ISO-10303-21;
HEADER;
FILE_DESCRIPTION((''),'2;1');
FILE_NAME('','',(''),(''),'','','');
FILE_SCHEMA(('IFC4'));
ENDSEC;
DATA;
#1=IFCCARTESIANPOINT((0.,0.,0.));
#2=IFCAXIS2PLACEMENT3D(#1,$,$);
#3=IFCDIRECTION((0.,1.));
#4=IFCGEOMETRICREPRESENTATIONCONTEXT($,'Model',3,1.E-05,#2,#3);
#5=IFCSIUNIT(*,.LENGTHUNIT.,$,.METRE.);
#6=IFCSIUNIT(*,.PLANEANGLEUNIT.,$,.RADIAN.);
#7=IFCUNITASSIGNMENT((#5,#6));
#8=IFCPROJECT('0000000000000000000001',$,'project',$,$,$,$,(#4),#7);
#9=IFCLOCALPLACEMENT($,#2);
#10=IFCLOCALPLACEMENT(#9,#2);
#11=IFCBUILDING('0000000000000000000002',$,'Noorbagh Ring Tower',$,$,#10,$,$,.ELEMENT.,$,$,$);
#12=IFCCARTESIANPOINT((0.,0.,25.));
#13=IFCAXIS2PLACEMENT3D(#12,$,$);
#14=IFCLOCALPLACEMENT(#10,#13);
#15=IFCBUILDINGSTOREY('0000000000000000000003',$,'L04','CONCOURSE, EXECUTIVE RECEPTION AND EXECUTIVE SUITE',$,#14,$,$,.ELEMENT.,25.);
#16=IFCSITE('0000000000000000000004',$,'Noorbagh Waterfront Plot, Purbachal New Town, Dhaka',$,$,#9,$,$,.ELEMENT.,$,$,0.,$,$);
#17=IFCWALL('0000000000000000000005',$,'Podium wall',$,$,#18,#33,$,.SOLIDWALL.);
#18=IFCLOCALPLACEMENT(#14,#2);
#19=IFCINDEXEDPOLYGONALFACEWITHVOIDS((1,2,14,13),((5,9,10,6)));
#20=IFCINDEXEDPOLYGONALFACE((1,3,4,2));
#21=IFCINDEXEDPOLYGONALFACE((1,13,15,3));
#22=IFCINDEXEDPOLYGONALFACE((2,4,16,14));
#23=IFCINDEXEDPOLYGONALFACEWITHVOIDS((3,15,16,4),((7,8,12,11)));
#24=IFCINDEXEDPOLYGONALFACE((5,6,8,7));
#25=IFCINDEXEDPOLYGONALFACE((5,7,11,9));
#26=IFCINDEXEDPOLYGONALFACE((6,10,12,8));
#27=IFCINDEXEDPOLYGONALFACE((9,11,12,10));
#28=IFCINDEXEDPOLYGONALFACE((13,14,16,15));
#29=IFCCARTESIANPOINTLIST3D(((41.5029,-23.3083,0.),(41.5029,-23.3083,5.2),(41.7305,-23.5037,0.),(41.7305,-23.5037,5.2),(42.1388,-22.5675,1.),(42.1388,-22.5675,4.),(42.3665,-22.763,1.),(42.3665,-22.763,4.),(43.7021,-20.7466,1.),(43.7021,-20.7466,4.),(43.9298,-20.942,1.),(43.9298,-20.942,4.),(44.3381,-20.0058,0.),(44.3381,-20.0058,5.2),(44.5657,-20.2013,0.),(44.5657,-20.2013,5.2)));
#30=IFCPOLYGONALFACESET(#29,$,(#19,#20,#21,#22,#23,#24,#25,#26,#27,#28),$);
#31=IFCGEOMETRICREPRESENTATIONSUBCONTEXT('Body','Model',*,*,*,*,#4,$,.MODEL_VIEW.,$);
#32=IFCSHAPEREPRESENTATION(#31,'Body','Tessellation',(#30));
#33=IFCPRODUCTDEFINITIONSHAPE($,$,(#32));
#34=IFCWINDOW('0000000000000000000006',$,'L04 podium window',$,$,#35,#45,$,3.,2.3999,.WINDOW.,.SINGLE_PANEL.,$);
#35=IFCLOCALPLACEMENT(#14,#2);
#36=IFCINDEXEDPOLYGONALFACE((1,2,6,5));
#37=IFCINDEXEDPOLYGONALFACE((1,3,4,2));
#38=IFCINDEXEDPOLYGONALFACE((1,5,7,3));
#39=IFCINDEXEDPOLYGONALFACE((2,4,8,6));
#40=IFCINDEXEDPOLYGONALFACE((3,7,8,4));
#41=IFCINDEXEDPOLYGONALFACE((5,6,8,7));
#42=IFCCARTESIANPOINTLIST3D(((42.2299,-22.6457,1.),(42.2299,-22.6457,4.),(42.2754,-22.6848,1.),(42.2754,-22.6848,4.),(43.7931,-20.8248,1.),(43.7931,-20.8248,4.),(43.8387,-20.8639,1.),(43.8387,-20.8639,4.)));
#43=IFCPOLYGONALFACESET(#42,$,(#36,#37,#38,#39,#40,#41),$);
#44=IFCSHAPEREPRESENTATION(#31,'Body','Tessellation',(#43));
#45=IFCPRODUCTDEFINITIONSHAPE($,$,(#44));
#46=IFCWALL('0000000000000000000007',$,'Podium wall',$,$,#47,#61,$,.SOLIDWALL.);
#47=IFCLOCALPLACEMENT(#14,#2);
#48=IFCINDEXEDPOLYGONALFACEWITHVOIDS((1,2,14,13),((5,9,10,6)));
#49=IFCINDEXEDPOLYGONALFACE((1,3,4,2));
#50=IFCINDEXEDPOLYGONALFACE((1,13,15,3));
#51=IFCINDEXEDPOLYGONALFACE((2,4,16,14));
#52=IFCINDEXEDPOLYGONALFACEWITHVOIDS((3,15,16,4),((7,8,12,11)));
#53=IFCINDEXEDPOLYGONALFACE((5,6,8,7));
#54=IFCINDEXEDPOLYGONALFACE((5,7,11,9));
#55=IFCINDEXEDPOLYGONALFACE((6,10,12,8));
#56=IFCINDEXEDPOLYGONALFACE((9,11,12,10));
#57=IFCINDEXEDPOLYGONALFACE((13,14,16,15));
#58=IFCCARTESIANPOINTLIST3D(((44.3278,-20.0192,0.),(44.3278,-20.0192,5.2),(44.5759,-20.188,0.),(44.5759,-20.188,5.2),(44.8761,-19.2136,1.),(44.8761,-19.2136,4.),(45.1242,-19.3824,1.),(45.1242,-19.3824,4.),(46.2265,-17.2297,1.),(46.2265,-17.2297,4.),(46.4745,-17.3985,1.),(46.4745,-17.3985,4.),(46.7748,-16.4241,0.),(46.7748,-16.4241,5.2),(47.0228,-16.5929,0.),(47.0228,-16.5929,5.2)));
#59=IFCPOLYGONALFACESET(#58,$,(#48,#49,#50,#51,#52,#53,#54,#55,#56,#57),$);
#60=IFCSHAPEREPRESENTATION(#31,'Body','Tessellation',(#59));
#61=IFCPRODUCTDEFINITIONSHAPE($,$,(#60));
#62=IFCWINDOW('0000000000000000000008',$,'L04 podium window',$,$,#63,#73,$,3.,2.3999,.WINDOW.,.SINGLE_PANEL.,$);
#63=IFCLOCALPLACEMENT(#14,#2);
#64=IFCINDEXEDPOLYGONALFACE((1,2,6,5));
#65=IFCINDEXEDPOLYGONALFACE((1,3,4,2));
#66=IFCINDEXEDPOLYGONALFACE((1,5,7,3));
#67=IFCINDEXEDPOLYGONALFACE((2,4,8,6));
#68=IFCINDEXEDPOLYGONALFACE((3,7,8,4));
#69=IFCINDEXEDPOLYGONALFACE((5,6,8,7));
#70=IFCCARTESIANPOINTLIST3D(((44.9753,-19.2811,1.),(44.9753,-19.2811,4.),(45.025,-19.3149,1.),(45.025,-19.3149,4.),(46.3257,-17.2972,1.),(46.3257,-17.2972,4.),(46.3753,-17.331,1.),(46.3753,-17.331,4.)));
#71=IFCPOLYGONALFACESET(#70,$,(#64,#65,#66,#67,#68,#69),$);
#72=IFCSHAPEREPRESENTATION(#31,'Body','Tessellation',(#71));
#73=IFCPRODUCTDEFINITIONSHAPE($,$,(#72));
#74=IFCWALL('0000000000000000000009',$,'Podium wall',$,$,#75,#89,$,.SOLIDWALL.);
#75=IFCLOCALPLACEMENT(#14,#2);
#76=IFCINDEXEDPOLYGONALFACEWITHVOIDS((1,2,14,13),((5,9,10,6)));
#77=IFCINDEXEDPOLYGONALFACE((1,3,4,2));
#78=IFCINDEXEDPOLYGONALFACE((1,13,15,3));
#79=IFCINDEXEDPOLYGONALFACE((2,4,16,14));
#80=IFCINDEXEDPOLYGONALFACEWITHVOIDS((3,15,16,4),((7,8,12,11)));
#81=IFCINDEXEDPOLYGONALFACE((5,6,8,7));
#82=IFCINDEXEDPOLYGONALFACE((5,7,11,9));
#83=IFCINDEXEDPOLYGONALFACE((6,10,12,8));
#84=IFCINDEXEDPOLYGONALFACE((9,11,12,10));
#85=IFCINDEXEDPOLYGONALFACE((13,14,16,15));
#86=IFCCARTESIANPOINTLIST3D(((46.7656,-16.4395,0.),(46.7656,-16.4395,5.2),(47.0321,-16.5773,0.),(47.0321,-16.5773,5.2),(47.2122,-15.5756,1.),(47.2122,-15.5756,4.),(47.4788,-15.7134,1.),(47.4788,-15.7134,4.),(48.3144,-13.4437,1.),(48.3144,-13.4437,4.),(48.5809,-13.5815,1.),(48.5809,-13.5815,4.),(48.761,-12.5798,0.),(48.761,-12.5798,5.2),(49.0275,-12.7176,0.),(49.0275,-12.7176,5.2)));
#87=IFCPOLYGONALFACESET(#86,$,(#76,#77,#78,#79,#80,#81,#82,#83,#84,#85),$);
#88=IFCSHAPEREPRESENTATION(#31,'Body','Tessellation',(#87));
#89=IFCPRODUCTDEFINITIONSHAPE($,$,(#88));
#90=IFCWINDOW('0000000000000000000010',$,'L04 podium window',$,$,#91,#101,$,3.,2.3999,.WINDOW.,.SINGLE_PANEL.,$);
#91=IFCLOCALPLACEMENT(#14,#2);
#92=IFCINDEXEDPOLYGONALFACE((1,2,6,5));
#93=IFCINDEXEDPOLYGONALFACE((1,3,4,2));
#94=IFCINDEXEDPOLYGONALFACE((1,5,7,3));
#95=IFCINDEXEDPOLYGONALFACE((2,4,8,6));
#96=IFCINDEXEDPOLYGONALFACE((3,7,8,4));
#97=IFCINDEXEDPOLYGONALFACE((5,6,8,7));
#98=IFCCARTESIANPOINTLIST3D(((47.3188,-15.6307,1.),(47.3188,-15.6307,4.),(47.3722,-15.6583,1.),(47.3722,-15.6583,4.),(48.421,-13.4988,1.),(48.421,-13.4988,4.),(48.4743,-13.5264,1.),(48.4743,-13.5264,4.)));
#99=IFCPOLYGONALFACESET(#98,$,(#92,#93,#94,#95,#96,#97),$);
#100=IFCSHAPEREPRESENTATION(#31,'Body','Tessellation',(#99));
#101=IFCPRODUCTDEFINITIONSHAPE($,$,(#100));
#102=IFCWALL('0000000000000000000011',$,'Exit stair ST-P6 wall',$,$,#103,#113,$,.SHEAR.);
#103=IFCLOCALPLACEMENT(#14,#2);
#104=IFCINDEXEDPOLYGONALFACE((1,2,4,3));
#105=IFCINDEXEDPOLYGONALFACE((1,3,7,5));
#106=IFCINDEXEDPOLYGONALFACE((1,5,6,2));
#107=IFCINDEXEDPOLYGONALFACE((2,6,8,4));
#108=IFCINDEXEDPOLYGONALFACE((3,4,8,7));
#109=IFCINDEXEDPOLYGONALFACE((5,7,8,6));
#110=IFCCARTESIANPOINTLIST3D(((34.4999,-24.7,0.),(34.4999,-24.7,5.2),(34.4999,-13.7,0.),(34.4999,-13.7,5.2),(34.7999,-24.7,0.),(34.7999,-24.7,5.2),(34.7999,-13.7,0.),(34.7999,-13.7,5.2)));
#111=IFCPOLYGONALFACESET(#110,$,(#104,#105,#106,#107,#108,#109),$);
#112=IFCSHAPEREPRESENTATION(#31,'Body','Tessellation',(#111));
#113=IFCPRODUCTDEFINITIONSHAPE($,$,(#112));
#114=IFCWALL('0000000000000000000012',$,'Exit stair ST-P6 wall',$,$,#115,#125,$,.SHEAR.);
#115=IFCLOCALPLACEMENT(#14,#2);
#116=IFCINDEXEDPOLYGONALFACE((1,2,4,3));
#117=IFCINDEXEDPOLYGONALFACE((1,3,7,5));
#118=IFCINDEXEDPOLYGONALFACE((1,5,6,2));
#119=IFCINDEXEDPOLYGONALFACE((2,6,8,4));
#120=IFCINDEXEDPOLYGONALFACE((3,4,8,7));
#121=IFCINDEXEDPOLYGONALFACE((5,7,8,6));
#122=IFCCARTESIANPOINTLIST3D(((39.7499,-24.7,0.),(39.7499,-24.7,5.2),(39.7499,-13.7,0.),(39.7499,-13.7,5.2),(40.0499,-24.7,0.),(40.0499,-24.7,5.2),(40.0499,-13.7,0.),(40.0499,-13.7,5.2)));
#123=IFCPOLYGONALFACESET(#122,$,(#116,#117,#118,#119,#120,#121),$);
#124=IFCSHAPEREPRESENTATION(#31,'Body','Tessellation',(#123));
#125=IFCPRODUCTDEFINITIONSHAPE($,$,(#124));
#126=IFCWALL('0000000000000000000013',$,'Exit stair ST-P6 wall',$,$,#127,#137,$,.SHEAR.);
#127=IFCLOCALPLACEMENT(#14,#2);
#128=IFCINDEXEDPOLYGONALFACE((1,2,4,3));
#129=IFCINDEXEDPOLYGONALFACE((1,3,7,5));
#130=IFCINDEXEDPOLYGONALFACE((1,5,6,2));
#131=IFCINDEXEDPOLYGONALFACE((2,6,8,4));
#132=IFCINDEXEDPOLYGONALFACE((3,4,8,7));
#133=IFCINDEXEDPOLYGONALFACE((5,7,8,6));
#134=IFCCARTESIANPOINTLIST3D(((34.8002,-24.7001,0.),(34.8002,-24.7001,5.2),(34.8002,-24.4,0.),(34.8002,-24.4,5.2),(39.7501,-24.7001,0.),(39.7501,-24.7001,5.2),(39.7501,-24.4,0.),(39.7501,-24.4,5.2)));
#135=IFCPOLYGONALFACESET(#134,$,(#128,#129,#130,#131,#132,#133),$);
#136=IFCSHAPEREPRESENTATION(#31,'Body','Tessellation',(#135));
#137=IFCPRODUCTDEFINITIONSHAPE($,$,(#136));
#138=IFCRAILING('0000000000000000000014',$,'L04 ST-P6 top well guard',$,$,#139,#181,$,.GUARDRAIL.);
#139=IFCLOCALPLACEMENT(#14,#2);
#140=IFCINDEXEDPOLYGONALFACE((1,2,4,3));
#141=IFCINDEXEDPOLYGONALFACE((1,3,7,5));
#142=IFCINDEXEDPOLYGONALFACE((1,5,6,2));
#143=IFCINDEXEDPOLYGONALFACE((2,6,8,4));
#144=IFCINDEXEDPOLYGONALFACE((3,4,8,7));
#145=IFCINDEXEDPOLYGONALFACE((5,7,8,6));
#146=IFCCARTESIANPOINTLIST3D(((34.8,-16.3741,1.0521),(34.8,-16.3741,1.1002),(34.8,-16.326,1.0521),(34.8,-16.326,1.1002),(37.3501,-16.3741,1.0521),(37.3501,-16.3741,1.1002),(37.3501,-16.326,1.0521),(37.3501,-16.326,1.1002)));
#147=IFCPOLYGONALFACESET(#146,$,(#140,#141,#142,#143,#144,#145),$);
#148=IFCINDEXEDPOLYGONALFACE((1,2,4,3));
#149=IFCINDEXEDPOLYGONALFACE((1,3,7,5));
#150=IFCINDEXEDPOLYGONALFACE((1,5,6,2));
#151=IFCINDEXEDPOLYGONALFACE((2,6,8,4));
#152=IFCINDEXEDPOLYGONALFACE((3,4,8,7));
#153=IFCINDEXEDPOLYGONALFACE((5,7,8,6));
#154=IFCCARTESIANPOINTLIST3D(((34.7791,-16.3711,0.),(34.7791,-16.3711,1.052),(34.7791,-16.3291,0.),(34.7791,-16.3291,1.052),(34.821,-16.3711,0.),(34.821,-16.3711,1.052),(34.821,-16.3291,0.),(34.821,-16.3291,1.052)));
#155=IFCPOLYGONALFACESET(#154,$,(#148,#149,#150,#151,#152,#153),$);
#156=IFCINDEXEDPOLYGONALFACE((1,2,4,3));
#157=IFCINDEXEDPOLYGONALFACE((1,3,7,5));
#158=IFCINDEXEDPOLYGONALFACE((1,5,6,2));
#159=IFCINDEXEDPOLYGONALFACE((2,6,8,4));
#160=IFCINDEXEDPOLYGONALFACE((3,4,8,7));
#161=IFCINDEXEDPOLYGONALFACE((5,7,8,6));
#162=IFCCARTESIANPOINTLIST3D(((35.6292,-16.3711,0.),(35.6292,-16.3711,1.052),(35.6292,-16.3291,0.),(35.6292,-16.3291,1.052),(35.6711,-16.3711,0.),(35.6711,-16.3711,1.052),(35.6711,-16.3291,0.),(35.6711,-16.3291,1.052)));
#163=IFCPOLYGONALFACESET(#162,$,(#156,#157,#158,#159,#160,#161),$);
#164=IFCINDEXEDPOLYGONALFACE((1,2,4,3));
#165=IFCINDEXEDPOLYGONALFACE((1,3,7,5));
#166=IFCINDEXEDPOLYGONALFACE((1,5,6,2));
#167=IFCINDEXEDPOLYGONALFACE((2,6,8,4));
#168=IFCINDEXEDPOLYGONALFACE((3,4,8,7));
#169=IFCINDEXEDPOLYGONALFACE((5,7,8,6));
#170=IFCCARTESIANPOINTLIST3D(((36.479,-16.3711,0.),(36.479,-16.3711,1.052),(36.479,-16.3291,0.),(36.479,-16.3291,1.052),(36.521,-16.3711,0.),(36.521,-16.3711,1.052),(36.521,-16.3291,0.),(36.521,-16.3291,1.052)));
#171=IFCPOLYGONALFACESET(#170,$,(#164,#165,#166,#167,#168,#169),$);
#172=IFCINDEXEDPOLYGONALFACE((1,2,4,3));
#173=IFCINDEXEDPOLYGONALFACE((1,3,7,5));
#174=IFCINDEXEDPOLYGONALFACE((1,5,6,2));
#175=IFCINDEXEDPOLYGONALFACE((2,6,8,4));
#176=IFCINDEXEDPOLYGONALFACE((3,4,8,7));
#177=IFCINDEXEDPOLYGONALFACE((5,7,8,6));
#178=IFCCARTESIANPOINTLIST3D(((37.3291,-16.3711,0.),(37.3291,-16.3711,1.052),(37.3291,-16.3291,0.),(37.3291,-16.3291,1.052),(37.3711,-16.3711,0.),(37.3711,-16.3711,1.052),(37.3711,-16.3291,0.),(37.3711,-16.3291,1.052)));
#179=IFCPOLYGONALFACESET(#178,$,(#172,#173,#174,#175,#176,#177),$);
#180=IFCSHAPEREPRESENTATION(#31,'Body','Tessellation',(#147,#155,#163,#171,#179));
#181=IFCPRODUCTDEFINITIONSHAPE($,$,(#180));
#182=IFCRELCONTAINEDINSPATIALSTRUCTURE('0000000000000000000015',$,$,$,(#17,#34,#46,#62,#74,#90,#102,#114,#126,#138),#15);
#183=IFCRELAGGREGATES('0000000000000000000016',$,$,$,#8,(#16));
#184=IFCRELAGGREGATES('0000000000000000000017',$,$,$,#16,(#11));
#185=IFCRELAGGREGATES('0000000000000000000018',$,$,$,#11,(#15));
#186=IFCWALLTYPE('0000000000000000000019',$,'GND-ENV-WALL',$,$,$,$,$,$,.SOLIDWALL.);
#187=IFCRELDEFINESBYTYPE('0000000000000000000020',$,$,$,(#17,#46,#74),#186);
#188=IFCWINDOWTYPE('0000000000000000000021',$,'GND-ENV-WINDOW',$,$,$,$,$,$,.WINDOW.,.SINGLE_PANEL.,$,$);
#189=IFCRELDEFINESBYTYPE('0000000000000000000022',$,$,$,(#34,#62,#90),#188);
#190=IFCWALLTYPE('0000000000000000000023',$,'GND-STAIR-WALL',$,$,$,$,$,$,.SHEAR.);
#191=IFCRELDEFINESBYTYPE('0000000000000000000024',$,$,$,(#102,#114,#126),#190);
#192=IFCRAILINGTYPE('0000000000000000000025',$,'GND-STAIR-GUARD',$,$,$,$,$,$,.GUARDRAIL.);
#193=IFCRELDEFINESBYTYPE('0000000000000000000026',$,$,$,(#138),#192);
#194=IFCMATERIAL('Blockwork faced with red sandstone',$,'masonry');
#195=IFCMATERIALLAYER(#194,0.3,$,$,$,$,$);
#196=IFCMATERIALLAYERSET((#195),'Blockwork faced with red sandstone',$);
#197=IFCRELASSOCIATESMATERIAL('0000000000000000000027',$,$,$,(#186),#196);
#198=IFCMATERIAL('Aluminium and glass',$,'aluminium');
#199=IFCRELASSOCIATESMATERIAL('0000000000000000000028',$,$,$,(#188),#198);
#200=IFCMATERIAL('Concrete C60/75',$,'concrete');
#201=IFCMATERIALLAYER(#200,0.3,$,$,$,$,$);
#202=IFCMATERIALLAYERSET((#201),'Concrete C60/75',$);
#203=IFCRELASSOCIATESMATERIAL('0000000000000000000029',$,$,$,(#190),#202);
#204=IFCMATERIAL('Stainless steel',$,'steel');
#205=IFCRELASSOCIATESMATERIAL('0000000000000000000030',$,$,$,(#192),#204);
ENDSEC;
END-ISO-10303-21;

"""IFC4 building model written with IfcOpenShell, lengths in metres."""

from ifc_helpers import new_model, si_unit, direction, frame, frame_2d, origin, origin_2d, place, context, subcontext, project, spatial, rectangle, extrude, material, layer, layer_set, type_object, element, fill, save


model = new_model("IFC4")

# Units and contexts
model_context = context("Model", 3, precision=1e-05, world=origin(), true_north=direction((0.0, 1.0)))
body_context = subcontext(model_context, "Body", "Model", "MODEL_VIEW")
ifc_project = project(units=[si_unit("LENGTHUNIT", "METRE"), si_unit("PLANEANGLEUNIT", "RADIAN")], contexts=[model_context])

# Site, building, storey
site_placement = place(None, origin())
site = spatial("IfcSite", under=ifc_project, at=site_placement, Name="Noorbagh Waterfront Plot, Purbachal New Town, Dhaka", CompositionType="ELEMENT", RefElevation=0.0)
building_placement = place(site_placement, origin())
building = spatial("IfcBuilding", under=site, at=building_placement, Name="Noorbagh Ring Tower", CompositionType="ELEMENT")
storey_placement = place(building_placement, frame((0.0, 0.0, 25.0)))
storey = spatial("IfcBuildingStorey", under=building, at=storey_placement, Name="L04", Description="CONCOURSE, EXECUTIVE RECEPTION AND EXECUTIVE SUITE", CompositionType="ELEMENT", Elevation=25.0)

# Shared definitions
ifc_material_1 = material(Name="Blockwork faced with red sandstone", Category="masonry")
ifc_layer_1 = layer(ifc_material_1, 0.3)
ifc_layer_set_1 = layer_set([ifc_layer_1], Name="Blockwork faced with red sandstone")
wall_type_1 = type_object("IfcWallType", Name="GND-ENV-WALL", PredefinedType="SOLIDWALL", material=ifc_layer_set_1)
ifc_material_2 = material(Name="Aluminium and glass", Category="aluminium")
window_type = type_object("IfcWindowType", Name="GND-ENV-WINDOW", PartitioningType="SINGLE_PANEL", PredefinedType="WINDOW", material=ifc_material_2)

# Walls, openings, windows
wall_1_placement = place(storey_placement, frame((41.6167, -23.406, 0.0), z_axis=(0.0, 0.0, 1.0), x_axis=(0.651387, 0.758746, 0.0)))
wall_1 = element("IfcWall", 1, at=wall_1_placement, inside=storey, type_object=wall_type_1, Name="Podium wall", PredefinedType="SOLIDWALL", context=body_context, shape_type="SweptSolid", body=[
    extrude(rectangle(XDim=4.3525, YDim=0.3, at=frame_2d((2.1763, 0.0))), origin(), (0.0, 0.0, 1.0), 5.2),
])
opening_1_placement = place(wall_1_placement, frame((0.9763, 0.0, 1.0)))
opening_1 = element("IfcOpeningElement", 2, at=opening_1_placement, cuts=wall_1, PredefinedType="OPENING", context=body_context, shape_type="SweptSolid", body=[
    extrude(rectangle(XDim=2.3999, YDim=3.0, at=frame_2d((1.2, 1.5))), frame((0.0, 0.1602, 0.0), z_axis=(0.0, -1.0, 0.0), x_axis=(1.0, 0.0, 0.0)), (0.0, 0.0, 1.0), 0.3201),
])
window_1_placement = place(opening_1_placement, origin())
window_1 = element("IfcWindow", 3, at=window_1_placement, inside=storey, type_object=window_type, Name="L04 podium window", OverallHeight=3.0, OverallWidth=2.3999, PartitioningType="SINGLE_PANEL", PredefinedType="WINDOW", context=body_context, shape_type="SweptSolid", body=[
    extrude(rectangle(XDim=2.3999, YDim=3.0, at=frame_2d((1.2, 1.5))), frame((0.0, 0.03, 0.0), z_axis=(0.0, -1.0, 0.0), x_axis=(1.0, 0.0, 0.0)), (0.0, 0.0, 1.0), 0.0601),
])
fill(opening_1, window_1)
wall_2_placement = place(storey_placement, frame((44.4519, -20.1035, 0.0), z_axis=(0.0, 0.0, 1.0), x_axis=(0.562668, 0.826683, 0.0)))
wall_2 = element("IfcWall", 4, at=wall_2_placement, inside=storey, type_object=wall_type_1, Name="Podium wall", PredefinedType="SOLIDWALL", context=body_context, shape_type="SweptSolid", body=[
    extrude(rectangle(XDim=4.3489, YDim=0.3, at=frame_2d((2.1743, 0.0))), origin(), (0.0, 0.0, 1.0), 5.2),
])
opening_2_placement = place(wall_2_placement, frame((0.9744, 0.0, 1.0)))
opening_2 = element("IfcOpeningElement", 5, at=opening_2_placement, cuts=wall_2, PredefinedType="OPENING", context=body_context, shape_type="SweptSolid", body=[
    extrude(rectangle(XDim=2.3999, YDim=3.0, at=frame_2d((1.2, 1.5))), frame((0.0, 0.1602, 0.0), z_axis=(0.0, -1.0, 0.0), x_axis=(1.0, 0.0, 0.0)), (0.0, 0.0, 1.0), 0.3201),
])
window_2_placement = place(opening_2_placement, origin())
window_2 = element("IfcWindow", 6, at=window_2_placement, inside=storey, type_object=window_type, Name="L04 podium window", OverallHeight=3.0, OverallWidth=2.3999, PartitioningType="SINGLE_PANEL", PredefinedType="WINDOW", context=body_context, shape_type="SweptSolid", body=[
    extrude(rectangle(XDim=2.3999, YDim=3.0, at=frame_2d((1.2, 1.5))), frame((0.0, 0.03, 0.0), z_axis=(0.0, -1.0, 0.0), x_axis=(1.0, 0.0, 0.0)), (0.0, 0.0, 1.0), 0.0601),
])
fill(opening_2, window_2)
wall_3_placement = place(storey_placement, frame((46.8989, -16.5083, 0.0), z_axis=(0.0, 0.0, 1.0), x_axis=(0.459243, 0.888311, 0.0)))
wall_3 = element("IfcWall", 7, at=wall_3_placement, inside=storey, type_object=wall_type_1, Name="Podium wall", PredefinedType="SOLIDWALL", context=body_context, shape_type="SweptSolid", body=[
    extrude(rectangle(XDim=4.345, YDim=0.3, at=frame_2d((2.1724, 0.0))), origin(), (0.0, 0.0, 1.0), 5.2),
])
opening_3_placement = place(wall_3_placement, frame((0.9724, 0.0, 1.0)))
opening_3 = element("IfcOpeningElement", 8, at=opening_3_placement, cuts=wall_3, PredefinedType="OPENING", context=body_context, shape_type="SweptSolid", body=[
    extrude(rectangle(XDim=2.3999, YDim=3.0, at=frame_2d((1.2, 1.5))), frame((0.0, 0.1602, 0.0), z_axis=(0.0, -1.0, 0.0), x_axis=(1.0, 0.0, 0.0)), (0.0, 0.0, 1.0), 0.3201),
])
window_3_placement = place(opening_3_placement, origin())
window_3 = element("IfcWindow", 9, at=window_3_placement, inside=storey, type_object=window_type, Name="L04 podium window", OverallHeight=3.0, OverallWidth=2.3999, PartitioningType="SINGLE_PANEL", PredefinedType="WINDOW", context=body_context, shape_type="SweptSolid", body=[
    extrude(rectangle(XDim=2.3999, YDim=3.0, at=frame_2d((1.2, 1.5))), frame((0.0, 0.03, 0.0), z_axis=(0.0, -1.0, 0.0), x_axis=(1.0, 0.0, 0.0)), (0.0, 0.0, 1.0), 0.0601),
])
fill(opening_3, window_3)

# Walls
ifc_material_3 = material(Name="Concrete C60/75", Category="concrete")
ifc_layer_2 = layer(ifc_material_3, 0.3)
ifc_layer_set_2 = layer_set([ifc_layer_2], Name="Concrete C60/75")
wall_type_2 = type_object("IfcWallType", Name="GND-STAIR-WALL", PredefinedType="SHEAR", material=ifc_layer_set_2)
for number, where, z_axis, x_axis, name in (
    (10, (34.6499, -24.7, 0.0), (0.0, 0.0, 1.0), (0.0, 1.0, 0.0), "Exit stair ST-P6 wall"),
    (11, (39.8999, -24.7, 0.0), (0.0, 0.0, 1.0), (0.0, 1.0, 0.0), "Exit stair ST-P6 wall"),
):
    element("IfcWall", number, at=place(storey_placement, frame(where, z_axis=z_axis, x_axis=x_axis)), inside=storey, type_object=wall_type_2, Name=name, PredefinedType="SHEAR", context=body_context, shape_type="SweptSolid", body=[
        extrude(rectangle(XDim=11.0, YDim=0.3, at=frame_2d((5.5, 0.0))), origin(), (0.0, 0.0, 1.0), 5.2),
    ])
wall_4_placement = place(storey_placement, frame((34.8, -24.55, 0.0), z_axis=(0.0, 0.0, 1.0), x_axis=(1.0, 0.0, 0.0)))
element("IfcWall", 12, at=wall_4_placement, inside=storey, type_object=wall_type_2, Name="Exit stair ST-P6 wall", PredefinedType="SHEAR", context=body_context, shape_type="SweptSolid", body=[
    extrude(rectangle(XDim=4.95, YDim=0.3, at=frame_2d((2.4751, 0.0))), origin(), (0.0, 0.0, 1.0), 5.2),
])

# Railing
ifc_material_4 = material(Name="Stainless steel", Category="steel")
railing_type = type_object("IfcRailingType", Name="GND-STAIR-GUARD", PredefinedType="GUARDRAIL", material=ifc_material_4)
railing_placement = place(storey_placement, frame((34.8, -16.3501, 0.0)))
element("IfcRailing", 13, at=railing_placement, inside=storey, type_object=railing_type, Name="L04 ST-P6 top well guard", PredefinedType="GUARDRAIL", context=body_context, shape_type="SweptSolid", body=[
    extrude(rectangle(XDim=0.0481, YDim=0.0481, at=origin_2d()), frame((0.0, 0.0, 1.0762), z_axis=(1.0, 0.0, 0.0), x_axis=(0.0, 1.0, 0.0)), (0.0, 0.0, 1.0), 2.55),
    extrude(rectangle(XDim=0.042, YDim=0.042, at=origin_2d()), origin(), (0.0, 0.0, 1.0), 1.052),
    extrude(rectangle(XDim=0.042, YDim=0.042, at=origin_2d()), frame((0.8501, 0.0, 0.0)), (0.0, 0.0, 1.0), 1.052),
    extrude(rectangle(XDim=0.042, YDim=0.042, at=origin_2d()), frame((1.7, 0.0, 0.0)), (0.0, 0.0, 1.0), 1.052),
    extrude(rectangle(XDim=0.042, YDim=0.042, at=origin_2d()), frame((2.55, 0.0, 0.0)), (0.0, 0.0, 1.0), 1.052),
])

save(model, "model.ifc")
